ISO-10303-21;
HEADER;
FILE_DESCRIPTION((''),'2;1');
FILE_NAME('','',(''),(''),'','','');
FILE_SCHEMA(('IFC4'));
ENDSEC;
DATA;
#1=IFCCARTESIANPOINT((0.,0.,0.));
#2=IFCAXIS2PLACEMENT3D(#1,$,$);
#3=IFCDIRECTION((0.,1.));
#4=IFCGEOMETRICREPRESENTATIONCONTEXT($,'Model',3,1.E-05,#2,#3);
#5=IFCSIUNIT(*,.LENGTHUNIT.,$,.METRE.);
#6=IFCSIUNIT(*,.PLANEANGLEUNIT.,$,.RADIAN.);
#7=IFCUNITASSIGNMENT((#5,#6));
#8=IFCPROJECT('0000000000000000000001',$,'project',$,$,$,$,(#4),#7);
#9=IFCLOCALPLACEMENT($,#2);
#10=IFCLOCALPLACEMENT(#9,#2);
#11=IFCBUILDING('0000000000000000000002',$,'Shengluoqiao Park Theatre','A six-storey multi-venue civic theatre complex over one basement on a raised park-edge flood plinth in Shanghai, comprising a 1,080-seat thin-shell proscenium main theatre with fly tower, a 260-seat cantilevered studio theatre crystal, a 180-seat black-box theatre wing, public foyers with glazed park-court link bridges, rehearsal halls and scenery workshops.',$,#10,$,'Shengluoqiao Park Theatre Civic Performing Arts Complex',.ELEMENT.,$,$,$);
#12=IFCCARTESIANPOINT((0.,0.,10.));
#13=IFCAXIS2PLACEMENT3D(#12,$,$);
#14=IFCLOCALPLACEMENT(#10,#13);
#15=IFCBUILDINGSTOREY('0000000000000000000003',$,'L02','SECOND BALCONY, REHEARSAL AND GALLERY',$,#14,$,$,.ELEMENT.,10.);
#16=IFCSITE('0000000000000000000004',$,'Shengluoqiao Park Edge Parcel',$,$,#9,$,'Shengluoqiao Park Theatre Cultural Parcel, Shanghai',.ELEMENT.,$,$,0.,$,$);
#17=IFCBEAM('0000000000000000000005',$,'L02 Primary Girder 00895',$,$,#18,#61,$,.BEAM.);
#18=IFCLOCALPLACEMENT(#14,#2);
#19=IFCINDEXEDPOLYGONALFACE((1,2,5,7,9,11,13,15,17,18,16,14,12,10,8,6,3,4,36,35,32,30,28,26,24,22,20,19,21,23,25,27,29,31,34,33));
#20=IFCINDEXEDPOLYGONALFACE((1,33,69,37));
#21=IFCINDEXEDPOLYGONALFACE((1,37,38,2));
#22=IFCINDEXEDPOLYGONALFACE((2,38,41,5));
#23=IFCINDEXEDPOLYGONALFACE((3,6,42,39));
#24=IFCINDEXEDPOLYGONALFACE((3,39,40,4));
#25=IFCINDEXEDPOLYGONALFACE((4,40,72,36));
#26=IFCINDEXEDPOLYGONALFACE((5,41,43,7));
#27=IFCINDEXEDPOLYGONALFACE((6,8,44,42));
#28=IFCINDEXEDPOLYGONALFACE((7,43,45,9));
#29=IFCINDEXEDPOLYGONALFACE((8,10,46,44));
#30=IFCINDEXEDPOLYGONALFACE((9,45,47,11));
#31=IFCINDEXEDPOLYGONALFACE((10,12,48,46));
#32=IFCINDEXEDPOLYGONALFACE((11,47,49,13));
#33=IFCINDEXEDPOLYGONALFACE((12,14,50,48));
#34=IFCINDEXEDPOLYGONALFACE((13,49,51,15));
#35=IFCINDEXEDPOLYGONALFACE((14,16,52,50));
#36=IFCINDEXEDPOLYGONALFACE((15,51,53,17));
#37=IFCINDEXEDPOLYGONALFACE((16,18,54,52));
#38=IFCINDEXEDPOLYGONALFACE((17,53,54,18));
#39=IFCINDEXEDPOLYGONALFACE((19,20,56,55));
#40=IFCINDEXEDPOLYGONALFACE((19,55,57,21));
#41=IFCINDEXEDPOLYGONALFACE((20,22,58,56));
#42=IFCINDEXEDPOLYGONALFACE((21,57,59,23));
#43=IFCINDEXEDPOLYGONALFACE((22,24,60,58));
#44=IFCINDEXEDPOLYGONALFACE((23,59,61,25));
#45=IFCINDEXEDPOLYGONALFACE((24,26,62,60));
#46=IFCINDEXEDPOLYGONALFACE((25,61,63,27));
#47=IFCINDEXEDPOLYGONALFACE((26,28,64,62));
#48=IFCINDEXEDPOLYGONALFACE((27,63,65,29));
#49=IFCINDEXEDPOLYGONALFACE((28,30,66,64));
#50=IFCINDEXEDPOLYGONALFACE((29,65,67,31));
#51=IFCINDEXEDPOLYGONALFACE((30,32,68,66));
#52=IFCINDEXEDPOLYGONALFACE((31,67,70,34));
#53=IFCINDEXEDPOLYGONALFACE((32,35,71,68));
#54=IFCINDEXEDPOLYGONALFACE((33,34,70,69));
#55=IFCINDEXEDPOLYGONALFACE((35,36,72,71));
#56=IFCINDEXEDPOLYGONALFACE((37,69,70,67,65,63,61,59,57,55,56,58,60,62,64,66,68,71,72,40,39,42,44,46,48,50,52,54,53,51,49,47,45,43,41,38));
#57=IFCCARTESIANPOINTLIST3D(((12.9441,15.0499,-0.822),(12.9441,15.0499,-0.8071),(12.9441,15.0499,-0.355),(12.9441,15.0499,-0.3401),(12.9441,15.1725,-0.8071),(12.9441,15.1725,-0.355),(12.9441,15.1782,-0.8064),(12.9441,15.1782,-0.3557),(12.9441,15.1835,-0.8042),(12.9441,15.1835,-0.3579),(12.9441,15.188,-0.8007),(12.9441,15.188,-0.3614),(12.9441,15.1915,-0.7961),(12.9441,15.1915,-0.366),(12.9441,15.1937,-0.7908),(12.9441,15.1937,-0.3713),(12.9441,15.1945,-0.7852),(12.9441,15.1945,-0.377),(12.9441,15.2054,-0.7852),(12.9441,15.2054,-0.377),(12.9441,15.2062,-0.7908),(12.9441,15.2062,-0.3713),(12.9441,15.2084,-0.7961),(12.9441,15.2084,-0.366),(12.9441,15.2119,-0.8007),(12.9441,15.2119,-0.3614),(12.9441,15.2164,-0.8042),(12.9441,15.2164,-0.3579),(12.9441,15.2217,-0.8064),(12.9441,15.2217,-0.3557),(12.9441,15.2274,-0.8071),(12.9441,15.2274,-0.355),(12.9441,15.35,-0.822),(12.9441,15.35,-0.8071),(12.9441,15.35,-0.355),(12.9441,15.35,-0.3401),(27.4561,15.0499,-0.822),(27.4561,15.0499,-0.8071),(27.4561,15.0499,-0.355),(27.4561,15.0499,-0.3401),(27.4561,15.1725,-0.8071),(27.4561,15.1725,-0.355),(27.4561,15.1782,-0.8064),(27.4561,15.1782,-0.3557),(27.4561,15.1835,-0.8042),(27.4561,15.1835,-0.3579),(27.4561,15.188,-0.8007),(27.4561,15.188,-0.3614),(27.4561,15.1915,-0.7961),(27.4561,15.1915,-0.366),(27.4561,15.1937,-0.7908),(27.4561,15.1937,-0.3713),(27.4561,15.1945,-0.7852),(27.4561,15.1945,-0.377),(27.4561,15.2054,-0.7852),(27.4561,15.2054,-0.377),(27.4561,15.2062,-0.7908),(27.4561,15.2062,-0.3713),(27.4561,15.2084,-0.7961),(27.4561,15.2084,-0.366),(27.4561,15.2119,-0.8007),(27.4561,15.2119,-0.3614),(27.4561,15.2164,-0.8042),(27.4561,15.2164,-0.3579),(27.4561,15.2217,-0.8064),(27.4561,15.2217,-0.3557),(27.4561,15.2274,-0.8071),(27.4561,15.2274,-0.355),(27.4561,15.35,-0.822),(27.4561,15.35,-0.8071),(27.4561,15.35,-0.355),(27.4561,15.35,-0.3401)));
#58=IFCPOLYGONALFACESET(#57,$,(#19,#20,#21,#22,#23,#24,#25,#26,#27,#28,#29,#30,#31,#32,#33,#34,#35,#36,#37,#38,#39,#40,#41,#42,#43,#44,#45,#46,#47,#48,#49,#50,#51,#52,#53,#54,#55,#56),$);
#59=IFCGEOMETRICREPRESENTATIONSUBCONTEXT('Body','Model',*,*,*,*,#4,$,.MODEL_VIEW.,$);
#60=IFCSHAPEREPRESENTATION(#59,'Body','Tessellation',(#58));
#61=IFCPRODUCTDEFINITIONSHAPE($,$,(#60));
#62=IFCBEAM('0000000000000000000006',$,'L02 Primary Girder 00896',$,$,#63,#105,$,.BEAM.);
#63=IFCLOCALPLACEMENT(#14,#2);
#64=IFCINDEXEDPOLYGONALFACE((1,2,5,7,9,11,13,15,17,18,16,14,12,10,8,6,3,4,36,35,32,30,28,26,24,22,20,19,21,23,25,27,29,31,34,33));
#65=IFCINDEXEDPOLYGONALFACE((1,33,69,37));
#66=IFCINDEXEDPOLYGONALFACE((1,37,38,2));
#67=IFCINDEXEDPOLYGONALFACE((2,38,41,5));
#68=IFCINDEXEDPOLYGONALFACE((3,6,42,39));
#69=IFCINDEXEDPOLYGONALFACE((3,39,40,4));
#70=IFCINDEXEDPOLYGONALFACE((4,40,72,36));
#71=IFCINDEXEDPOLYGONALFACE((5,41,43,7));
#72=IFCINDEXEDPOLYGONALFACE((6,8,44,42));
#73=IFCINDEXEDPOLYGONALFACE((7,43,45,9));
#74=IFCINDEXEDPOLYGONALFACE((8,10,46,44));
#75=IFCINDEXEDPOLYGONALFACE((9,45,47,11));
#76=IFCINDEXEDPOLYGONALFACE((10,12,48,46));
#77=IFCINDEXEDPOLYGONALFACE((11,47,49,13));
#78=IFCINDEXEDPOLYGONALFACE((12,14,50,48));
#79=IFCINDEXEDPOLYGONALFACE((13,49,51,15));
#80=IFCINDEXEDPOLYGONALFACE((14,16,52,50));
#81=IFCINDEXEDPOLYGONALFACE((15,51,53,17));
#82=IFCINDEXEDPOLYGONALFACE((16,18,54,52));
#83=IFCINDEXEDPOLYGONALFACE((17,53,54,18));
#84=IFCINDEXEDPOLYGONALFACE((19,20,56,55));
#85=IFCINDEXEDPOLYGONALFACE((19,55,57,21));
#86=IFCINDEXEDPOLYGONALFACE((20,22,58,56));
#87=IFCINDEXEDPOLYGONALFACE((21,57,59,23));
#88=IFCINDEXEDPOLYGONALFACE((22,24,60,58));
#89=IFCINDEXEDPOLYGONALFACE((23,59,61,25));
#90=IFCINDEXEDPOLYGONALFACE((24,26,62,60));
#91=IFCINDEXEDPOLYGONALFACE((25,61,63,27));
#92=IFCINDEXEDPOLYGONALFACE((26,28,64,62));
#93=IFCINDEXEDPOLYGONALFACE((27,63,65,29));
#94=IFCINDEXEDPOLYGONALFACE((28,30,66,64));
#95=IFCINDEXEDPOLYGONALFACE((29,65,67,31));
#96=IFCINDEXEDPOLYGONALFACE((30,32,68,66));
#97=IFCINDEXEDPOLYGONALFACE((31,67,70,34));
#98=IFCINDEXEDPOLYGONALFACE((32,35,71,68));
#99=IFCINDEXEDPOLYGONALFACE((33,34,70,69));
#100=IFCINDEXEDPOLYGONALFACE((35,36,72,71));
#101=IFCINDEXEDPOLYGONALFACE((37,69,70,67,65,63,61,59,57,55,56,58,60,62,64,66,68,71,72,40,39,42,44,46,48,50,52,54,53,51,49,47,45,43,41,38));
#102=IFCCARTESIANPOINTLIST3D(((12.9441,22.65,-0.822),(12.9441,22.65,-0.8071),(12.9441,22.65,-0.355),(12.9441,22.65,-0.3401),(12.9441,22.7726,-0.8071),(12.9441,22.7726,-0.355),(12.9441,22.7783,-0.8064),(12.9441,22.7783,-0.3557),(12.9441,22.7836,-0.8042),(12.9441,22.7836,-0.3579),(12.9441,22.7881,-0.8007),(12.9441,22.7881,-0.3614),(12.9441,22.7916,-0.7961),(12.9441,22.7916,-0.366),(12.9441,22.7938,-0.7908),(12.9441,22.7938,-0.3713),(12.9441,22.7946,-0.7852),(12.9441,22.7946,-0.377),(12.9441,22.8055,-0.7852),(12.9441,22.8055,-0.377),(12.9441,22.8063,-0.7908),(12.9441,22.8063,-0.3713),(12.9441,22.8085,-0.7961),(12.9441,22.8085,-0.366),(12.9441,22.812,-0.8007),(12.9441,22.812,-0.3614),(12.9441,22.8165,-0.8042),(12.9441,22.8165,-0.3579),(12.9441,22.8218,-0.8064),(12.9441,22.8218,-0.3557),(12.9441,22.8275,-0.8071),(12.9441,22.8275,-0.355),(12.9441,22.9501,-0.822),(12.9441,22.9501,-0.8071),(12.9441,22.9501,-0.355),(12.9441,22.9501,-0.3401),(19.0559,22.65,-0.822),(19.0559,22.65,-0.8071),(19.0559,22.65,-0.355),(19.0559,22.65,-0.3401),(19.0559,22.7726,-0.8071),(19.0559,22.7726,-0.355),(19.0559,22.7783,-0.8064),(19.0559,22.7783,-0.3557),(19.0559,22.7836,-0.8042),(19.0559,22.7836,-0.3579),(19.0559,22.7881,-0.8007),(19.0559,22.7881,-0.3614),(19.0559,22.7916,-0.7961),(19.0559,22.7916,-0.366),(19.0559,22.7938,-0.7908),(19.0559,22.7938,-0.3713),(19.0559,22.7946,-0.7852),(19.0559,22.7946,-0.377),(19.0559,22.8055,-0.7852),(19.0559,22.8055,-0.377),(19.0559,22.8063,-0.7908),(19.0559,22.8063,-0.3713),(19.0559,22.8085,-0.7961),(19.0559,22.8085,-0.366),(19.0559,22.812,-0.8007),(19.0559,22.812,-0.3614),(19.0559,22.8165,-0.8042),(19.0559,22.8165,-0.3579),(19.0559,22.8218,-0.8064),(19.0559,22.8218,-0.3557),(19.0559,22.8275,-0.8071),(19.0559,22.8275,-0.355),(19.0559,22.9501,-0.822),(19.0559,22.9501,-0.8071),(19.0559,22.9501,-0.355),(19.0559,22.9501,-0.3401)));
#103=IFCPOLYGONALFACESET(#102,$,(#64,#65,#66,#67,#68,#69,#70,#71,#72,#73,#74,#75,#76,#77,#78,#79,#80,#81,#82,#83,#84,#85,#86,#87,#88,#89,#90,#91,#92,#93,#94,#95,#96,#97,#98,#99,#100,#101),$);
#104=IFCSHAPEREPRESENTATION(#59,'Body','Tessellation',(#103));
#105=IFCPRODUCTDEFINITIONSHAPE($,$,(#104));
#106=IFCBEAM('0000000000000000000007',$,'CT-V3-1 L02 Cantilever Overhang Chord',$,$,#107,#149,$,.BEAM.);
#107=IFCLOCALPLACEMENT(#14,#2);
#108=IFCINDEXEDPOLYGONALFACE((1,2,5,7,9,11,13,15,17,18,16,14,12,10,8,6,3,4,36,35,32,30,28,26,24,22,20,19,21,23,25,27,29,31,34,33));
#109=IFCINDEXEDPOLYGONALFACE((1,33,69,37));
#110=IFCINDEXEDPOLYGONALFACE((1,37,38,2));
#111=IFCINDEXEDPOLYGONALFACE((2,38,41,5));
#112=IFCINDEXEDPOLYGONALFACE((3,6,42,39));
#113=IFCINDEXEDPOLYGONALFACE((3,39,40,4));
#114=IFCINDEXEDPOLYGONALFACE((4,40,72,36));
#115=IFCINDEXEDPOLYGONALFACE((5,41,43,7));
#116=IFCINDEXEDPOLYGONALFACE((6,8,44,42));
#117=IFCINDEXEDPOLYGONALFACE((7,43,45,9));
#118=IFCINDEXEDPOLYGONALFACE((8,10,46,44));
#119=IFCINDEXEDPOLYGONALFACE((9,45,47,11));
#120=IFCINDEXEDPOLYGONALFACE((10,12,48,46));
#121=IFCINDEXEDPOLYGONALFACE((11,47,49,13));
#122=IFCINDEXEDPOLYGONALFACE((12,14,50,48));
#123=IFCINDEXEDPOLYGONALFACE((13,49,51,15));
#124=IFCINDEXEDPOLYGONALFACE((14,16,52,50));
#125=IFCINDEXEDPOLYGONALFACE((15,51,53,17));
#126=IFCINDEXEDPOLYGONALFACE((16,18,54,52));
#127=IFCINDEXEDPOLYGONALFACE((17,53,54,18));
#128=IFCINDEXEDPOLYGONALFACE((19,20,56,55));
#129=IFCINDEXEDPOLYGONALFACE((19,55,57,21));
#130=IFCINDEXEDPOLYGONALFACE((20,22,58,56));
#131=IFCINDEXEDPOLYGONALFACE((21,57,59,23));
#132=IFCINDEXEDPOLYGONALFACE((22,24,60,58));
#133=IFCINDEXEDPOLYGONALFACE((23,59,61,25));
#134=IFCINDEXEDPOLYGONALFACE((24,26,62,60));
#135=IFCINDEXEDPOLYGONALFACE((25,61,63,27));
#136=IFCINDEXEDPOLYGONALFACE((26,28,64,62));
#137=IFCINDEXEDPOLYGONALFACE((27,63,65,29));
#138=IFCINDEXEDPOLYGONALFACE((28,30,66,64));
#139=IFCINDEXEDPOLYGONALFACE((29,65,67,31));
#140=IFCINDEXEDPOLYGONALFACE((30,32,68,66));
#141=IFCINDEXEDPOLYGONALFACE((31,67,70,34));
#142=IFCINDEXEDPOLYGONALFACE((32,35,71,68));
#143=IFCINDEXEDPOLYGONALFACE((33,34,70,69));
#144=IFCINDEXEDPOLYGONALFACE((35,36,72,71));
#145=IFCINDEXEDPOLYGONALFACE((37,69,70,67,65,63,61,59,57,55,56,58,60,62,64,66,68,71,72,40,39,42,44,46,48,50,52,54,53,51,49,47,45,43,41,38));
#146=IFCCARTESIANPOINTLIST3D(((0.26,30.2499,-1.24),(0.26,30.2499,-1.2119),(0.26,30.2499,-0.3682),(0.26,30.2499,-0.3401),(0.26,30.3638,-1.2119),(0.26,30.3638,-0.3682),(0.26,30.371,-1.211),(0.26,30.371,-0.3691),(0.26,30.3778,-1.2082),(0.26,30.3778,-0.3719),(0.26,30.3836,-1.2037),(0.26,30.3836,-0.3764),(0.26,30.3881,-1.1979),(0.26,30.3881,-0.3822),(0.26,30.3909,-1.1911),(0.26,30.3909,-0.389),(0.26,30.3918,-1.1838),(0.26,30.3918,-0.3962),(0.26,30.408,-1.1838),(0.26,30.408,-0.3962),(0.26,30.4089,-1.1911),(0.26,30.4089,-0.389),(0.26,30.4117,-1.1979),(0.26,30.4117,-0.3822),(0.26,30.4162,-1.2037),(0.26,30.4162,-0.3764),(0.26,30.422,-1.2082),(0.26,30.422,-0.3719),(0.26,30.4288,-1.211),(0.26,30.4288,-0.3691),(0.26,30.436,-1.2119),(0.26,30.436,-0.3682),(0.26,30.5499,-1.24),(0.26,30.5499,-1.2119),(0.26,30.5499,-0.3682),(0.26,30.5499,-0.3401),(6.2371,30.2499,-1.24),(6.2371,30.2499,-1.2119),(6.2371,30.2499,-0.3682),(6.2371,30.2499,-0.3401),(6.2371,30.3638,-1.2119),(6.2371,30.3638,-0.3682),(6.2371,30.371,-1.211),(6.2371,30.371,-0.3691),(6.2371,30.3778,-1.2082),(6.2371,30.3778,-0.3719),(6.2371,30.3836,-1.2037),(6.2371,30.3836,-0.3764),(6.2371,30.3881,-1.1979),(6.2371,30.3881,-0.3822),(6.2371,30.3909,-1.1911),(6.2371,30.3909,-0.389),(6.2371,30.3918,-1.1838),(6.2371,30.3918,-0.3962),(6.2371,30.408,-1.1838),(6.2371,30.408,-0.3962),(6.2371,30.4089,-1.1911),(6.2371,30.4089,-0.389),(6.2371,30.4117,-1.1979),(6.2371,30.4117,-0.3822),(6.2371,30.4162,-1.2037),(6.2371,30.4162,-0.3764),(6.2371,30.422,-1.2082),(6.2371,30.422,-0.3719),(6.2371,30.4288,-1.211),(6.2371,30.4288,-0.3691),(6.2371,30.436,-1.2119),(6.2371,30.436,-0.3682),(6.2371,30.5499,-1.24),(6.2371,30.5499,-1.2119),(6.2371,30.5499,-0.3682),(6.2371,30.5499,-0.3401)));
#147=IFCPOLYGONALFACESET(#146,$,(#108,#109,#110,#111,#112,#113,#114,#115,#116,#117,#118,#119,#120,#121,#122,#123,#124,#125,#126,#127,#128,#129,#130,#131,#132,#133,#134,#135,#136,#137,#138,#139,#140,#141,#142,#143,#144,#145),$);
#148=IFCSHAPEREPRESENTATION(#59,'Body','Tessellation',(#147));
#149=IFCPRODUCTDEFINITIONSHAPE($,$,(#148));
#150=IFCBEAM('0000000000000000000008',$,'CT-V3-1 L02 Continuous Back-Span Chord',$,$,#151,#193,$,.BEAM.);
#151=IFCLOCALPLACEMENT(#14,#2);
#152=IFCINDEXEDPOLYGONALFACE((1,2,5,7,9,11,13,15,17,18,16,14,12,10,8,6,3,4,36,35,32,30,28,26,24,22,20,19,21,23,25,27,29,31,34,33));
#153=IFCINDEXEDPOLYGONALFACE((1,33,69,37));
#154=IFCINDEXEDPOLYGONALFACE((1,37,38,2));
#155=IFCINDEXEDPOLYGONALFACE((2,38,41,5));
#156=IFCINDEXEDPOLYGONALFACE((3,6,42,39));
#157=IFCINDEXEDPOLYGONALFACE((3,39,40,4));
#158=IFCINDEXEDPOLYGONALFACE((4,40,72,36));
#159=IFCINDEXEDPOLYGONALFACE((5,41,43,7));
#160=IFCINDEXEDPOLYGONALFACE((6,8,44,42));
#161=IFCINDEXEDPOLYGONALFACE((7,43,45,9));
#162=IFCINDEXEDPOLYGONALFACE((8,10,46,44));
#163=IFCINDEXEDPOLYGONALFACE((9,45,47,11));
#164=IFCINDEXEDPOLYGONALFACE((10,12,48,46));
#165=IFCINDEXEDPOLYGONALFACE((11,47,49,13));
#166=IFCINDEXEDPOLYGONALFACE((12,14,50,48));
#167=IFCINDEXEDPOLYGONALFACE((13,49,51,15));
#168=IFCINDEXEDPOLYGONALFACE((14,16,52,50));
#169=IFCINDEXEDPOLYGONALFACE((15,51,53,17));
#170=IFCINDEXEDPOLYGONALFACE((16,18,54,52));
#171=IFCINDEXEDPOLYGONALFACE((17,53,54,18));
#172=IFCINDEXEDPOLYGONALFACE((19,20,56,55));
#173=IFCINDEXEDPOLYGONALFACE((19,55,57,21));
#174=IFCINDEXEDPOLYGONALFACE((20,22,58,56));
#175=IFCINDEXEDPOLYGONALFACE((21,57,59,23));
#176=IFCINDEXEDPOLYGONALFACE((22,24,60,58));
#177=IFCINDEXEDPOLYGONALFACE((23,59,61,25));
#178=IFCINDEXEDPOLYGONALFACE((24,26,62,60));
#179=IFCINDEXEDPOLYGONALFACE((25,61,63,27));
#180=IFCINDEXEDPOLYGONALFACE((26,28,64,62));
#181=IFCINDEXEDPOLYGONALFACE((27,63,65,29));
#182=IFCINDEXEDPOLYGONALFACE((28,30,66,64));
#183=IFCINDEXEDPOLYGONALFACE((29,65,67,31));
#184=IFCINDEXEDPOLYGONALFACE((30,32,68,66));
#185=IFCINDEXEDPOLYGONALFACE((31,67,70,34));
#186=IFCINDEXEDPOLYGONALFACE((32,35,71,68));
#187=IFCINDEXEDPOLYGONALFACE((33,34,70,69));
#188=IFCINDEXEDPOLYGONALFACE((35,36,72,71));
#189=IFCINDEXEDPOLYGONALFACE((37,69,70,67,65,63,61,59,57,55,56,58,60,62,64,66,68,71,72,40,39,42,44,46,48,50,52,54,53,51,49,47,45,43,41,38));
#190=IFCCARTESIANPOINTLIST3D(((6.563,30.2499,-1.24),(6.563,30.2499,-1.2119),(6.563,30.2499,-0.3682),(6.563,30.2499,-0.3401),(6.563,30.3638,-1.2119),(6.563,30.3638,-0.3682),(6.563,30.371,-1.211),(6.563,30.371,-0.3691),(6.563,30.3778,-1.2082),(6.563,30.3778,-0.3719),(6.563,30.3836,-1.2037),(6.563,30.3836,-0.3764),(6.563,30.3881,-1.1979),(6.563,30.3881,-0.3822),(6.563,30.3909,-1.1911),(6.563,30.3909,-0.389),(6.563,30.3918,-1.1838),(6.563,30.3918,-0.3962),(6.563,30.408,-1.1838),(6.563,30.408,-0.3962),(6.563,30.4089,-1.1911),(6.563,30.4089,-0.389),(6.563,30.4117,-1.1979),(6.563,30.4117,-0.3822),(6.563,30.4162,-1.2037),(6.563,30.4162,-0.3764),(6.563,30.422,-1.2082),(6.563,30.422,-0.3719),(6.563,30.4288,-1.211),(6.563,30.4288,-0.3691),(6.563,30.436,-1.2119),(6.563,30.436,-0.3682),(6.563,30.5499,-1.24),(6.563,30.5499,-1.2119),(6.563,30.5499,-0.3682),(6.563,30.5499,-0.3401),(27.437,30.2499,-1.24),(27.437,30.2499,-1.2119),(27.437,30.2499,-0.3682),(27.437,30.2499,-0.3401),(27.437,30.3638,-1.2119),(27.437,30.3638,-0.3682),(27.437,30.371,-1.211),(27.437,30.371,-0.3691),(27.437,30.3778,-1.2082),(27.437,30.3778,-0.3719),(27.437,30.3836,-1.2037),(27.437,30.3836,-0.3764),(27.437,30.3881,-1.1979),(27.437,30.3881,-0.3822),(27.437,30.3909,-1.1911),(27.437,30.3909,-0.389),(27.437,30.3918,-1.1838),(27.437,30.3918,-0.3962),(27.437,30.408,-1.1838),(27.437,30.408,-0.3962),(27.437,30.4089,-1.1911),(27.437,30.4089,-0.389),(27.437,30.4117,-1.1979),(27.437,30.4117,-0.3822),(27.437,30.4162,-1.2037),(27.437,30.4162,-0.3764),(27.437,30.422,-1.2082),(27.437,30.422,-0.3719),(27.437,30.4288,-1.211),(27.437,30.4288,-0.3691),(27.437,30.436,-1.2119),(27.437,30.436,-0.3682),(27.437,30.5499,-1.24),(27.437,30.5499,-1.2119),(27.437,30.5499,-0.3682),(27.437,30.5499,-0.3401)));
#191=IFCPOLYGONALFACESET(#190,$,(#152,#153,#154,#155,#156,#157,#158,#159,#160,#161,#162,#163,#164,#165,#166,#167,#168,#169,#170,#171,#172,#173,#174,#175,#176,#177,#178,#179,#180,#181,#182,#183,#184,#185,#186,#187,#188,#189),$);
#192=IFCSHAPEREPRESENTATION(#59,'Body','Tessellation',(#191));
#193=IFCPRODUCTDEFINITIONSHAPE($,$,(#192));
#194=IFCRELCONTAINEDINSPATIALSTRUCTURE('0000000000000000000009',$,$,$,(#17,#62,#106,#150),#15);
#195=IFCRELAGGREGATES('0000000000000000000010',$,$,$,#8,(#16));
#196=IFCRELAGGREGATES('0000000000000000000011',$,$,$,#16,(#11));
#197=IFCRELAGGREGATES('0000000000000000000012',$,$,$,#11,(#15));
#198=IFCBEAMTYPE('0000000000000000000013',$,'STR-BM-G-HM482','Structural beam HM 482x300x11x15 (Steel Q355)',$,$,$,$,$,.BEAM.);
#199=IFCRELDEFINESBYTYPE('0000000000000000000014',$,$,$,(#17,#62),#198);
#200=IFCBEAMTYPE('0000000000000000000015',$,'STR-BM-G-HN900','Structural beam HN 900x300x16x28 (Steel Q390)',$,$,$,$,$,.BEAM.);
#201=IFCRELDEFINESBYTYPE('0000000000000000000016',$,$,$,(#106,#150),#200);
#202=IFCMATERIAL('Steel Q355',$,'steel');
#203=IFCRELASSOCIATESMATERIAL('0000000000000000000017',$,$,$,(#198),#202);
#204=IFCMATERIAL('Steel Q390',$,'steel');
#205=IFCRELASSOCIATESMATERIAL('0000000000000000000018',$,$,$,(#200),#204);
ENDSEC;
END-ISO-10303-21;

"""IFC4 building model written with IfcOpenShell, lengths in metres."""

from ifc_helpers import new_model, si_unit, direction, frame, origin, origin_2d, place, context, subcontext, project, spatial, i_section, extrude, material, material_profile, profile_set, type_object, element, save


model = new_model("IFC4")

# Units and contexts
model_context = context("Model", 3, precision=1e-05, world=origin(), true_north=direction((0.0, 1.0)))
body_context = subcontext(model_context, "Body", "Model", "MODEL_VIEW")
ifc_project = project(units=[si_unit("LENGTHUNIT", "METRE"), si_unit("PLANEANGLEUNIT", "RADIAN")], contexts=[model_context])

# Site, building, storey
site_placement = place(None, origin())
site = spatial("IfcSite", under=ifc_project, at=site_placement, Name="Shengluoqiao Park Edge Parcel", LongName="Shengluoqiao Park Theatre Cultural Parcel, Shanghai", CompositionType="ELEMENT", RefElevation=0.0)
building_placement = place(site_placement, origin())
building = spatial("IfcBuilding", under=site, at=building_placement, Name="Shengluoqiao Park Theatre", Description="A six-storey multi-venue civic theatre complex over one basement on a raised park-edge flood plinth in Shanghai, comprising a 1,080-seat thin-shell proscenium main theatre with fly tower, a 260-seat cantilevered studio theatre crystal, a 180-seat black-box theatre wing, public foyers with glazed park-court link bridges, rehearsal halls and scenery workshops.", LongName="Shengluoqiao Park Theatre Civic Performing Arts Complex", CompositionType="ELEMENT")
storey_placement = place(building_placement, frame((0.0, 0.0, 10.0)))
storey = spatial("IfcBuildingStorey", under=building, at=storey_placement, Name="L02", Description="SECOND BALCONY, REHEARSAL AND GALLERY", CompositionType="ELEMENT", Elevation=10.0)

# Shared definitions
ifc_material_1 = material(Name="Steel Q355", Category="steel")

# Beams
ifc_material_profile_1 = material_profile(ifc_material_1, i_section(OverallWidth=0.3, OverallDepth=0.4819, WebThickness=0.011, FlangeThickness=0.0149, FilletRadius=0.022, at=origin_2d()), Name="HM 482x300x11x15")
ifc_profile_set_1 = profile_set([ifc_material_profile_1], Name="Steel Q355")
beam_type_1 = type_object("IfcBeamType", Name="STR-BM-G-HM482", Description="Structural beam HM 482x300x11x15 (Steel Q355)", PredefinedType="BEAM", material=ifc_profile_set_1)
beam_1_placement = place(storey_placement, frame((12.9441, 15.2, -0.5811), z_axis=(1.0, 0.0, 0.0), x_axis=(0.0, 1.0, 0.0)))
element("IfcBeam", 1, at=beam_1_placement, inside=storey, type_object=beam_type_1, Name="L02 Primary Girder 00895", PredefinedType="BEAM", context=body_context, shape_type="SweptSolid", body=[
    extrude(i_section(OverallWidth=0.3, OverallDepth=0.4819, WebThickness=0.011, FlangeThickness=0.0149, FilletRadius=0.022, at=origin_2d()), origin(), (0.0, 0.0, 1.0), 14.512),
])
beam_2_placement = place(storey_placement, frame((12.9441, 22.8, -0.5811), z_axis=(1.0, 0.0, 0.0), x_axis=(0.0, 1.0, 0.0)))
element("IfcBeam", 2, at=beam_2_placement, inside=storey, type_object=beam_type_1, Name="L02 Primary Girder 00896", PredefinedType="BEAM", context=body_context, shape_type="SweptSolid", body=[
    extrude(i_section(OverallWidth=0.3, OverallDepth=0.4819, WebThickness=0.011, FlangeThickness=0.0149, FilletRadius=0.022, at=origin_2d()), origin(), (0.0, 0.0, 1.0), 6.1118),
])
ifc_material_2 = material(Name="Steel Q390", Category="steel")
ifc_material_profile_2 = material_profile(ifc_material_2, i_section(OverallWidth=0.3, OverallDepth=0.8999, WebThickness=0.0161, FlangeThickness=0.0281, FilletRadius=0.0281, at=origin_2d()), Name="HN 900x300x16x28")
ifc_profile_set_2 = profile_set([ifc_material_profile_2], Name="Steel Q390")
beam_type_2 = type_object("IfcBeamType", Name="STR-BM-G-HN900", Description="Structural beam HN 900x300x16x28 (Steel Q390)", PredefinedType="BEAM", material=ifc_profile_set_2)
beam_3_placement = place(storey_placement, frame((0.26, 30.3999, -0.79), z_axis=(1.0, 0.0, 0.0), x_axis=(0.0, 1.0, 0.0)))
element("IfcBeam", 3, at=beam_3_placement, inside=storey, type_object=beam_type_2, Name="CT-V3-1 L02 Cantilever Overhang Chord", PredefinedType="BEAM", context=body_context, shape_type="SweptSolid", body=[
    extrude(i_section(OverallWidth=0.3, OverallDepth=0.8999, WebThickness=0.0161, FlangeThickness=0.0281, FilletRadius=0.0281, at=origin_2d()), origin(), (0.0, 0.0, 1.0), 5.9771),
])
beam_4_placement = place(storey_placement, frame((6.563, 30.3999, -0.79), z_axis=(1.0, 0.0, 0.0), x_axis=(0.0, 1.0, 0.0)))
element("IfcBeam", 4, at=beam_4_placement, inside=storey, type_object=beam_type_2, Name="CT-V3-1 L02 Continuous Back-Span Chord", PredefinedType="BEAM", context=body_context, shape_type="SweptSolid", body=[
    extrude(i_section(OverallWidth=0.3, OverallDepth=0.8999, WebThickness=0.0161, FlangeThickness=0.0281, FilletRadius=0.0281, at=origin_2d()), origin(), (0.0, 0.0, 1.0), 20.874),
])

save(model, "model.ifc")
